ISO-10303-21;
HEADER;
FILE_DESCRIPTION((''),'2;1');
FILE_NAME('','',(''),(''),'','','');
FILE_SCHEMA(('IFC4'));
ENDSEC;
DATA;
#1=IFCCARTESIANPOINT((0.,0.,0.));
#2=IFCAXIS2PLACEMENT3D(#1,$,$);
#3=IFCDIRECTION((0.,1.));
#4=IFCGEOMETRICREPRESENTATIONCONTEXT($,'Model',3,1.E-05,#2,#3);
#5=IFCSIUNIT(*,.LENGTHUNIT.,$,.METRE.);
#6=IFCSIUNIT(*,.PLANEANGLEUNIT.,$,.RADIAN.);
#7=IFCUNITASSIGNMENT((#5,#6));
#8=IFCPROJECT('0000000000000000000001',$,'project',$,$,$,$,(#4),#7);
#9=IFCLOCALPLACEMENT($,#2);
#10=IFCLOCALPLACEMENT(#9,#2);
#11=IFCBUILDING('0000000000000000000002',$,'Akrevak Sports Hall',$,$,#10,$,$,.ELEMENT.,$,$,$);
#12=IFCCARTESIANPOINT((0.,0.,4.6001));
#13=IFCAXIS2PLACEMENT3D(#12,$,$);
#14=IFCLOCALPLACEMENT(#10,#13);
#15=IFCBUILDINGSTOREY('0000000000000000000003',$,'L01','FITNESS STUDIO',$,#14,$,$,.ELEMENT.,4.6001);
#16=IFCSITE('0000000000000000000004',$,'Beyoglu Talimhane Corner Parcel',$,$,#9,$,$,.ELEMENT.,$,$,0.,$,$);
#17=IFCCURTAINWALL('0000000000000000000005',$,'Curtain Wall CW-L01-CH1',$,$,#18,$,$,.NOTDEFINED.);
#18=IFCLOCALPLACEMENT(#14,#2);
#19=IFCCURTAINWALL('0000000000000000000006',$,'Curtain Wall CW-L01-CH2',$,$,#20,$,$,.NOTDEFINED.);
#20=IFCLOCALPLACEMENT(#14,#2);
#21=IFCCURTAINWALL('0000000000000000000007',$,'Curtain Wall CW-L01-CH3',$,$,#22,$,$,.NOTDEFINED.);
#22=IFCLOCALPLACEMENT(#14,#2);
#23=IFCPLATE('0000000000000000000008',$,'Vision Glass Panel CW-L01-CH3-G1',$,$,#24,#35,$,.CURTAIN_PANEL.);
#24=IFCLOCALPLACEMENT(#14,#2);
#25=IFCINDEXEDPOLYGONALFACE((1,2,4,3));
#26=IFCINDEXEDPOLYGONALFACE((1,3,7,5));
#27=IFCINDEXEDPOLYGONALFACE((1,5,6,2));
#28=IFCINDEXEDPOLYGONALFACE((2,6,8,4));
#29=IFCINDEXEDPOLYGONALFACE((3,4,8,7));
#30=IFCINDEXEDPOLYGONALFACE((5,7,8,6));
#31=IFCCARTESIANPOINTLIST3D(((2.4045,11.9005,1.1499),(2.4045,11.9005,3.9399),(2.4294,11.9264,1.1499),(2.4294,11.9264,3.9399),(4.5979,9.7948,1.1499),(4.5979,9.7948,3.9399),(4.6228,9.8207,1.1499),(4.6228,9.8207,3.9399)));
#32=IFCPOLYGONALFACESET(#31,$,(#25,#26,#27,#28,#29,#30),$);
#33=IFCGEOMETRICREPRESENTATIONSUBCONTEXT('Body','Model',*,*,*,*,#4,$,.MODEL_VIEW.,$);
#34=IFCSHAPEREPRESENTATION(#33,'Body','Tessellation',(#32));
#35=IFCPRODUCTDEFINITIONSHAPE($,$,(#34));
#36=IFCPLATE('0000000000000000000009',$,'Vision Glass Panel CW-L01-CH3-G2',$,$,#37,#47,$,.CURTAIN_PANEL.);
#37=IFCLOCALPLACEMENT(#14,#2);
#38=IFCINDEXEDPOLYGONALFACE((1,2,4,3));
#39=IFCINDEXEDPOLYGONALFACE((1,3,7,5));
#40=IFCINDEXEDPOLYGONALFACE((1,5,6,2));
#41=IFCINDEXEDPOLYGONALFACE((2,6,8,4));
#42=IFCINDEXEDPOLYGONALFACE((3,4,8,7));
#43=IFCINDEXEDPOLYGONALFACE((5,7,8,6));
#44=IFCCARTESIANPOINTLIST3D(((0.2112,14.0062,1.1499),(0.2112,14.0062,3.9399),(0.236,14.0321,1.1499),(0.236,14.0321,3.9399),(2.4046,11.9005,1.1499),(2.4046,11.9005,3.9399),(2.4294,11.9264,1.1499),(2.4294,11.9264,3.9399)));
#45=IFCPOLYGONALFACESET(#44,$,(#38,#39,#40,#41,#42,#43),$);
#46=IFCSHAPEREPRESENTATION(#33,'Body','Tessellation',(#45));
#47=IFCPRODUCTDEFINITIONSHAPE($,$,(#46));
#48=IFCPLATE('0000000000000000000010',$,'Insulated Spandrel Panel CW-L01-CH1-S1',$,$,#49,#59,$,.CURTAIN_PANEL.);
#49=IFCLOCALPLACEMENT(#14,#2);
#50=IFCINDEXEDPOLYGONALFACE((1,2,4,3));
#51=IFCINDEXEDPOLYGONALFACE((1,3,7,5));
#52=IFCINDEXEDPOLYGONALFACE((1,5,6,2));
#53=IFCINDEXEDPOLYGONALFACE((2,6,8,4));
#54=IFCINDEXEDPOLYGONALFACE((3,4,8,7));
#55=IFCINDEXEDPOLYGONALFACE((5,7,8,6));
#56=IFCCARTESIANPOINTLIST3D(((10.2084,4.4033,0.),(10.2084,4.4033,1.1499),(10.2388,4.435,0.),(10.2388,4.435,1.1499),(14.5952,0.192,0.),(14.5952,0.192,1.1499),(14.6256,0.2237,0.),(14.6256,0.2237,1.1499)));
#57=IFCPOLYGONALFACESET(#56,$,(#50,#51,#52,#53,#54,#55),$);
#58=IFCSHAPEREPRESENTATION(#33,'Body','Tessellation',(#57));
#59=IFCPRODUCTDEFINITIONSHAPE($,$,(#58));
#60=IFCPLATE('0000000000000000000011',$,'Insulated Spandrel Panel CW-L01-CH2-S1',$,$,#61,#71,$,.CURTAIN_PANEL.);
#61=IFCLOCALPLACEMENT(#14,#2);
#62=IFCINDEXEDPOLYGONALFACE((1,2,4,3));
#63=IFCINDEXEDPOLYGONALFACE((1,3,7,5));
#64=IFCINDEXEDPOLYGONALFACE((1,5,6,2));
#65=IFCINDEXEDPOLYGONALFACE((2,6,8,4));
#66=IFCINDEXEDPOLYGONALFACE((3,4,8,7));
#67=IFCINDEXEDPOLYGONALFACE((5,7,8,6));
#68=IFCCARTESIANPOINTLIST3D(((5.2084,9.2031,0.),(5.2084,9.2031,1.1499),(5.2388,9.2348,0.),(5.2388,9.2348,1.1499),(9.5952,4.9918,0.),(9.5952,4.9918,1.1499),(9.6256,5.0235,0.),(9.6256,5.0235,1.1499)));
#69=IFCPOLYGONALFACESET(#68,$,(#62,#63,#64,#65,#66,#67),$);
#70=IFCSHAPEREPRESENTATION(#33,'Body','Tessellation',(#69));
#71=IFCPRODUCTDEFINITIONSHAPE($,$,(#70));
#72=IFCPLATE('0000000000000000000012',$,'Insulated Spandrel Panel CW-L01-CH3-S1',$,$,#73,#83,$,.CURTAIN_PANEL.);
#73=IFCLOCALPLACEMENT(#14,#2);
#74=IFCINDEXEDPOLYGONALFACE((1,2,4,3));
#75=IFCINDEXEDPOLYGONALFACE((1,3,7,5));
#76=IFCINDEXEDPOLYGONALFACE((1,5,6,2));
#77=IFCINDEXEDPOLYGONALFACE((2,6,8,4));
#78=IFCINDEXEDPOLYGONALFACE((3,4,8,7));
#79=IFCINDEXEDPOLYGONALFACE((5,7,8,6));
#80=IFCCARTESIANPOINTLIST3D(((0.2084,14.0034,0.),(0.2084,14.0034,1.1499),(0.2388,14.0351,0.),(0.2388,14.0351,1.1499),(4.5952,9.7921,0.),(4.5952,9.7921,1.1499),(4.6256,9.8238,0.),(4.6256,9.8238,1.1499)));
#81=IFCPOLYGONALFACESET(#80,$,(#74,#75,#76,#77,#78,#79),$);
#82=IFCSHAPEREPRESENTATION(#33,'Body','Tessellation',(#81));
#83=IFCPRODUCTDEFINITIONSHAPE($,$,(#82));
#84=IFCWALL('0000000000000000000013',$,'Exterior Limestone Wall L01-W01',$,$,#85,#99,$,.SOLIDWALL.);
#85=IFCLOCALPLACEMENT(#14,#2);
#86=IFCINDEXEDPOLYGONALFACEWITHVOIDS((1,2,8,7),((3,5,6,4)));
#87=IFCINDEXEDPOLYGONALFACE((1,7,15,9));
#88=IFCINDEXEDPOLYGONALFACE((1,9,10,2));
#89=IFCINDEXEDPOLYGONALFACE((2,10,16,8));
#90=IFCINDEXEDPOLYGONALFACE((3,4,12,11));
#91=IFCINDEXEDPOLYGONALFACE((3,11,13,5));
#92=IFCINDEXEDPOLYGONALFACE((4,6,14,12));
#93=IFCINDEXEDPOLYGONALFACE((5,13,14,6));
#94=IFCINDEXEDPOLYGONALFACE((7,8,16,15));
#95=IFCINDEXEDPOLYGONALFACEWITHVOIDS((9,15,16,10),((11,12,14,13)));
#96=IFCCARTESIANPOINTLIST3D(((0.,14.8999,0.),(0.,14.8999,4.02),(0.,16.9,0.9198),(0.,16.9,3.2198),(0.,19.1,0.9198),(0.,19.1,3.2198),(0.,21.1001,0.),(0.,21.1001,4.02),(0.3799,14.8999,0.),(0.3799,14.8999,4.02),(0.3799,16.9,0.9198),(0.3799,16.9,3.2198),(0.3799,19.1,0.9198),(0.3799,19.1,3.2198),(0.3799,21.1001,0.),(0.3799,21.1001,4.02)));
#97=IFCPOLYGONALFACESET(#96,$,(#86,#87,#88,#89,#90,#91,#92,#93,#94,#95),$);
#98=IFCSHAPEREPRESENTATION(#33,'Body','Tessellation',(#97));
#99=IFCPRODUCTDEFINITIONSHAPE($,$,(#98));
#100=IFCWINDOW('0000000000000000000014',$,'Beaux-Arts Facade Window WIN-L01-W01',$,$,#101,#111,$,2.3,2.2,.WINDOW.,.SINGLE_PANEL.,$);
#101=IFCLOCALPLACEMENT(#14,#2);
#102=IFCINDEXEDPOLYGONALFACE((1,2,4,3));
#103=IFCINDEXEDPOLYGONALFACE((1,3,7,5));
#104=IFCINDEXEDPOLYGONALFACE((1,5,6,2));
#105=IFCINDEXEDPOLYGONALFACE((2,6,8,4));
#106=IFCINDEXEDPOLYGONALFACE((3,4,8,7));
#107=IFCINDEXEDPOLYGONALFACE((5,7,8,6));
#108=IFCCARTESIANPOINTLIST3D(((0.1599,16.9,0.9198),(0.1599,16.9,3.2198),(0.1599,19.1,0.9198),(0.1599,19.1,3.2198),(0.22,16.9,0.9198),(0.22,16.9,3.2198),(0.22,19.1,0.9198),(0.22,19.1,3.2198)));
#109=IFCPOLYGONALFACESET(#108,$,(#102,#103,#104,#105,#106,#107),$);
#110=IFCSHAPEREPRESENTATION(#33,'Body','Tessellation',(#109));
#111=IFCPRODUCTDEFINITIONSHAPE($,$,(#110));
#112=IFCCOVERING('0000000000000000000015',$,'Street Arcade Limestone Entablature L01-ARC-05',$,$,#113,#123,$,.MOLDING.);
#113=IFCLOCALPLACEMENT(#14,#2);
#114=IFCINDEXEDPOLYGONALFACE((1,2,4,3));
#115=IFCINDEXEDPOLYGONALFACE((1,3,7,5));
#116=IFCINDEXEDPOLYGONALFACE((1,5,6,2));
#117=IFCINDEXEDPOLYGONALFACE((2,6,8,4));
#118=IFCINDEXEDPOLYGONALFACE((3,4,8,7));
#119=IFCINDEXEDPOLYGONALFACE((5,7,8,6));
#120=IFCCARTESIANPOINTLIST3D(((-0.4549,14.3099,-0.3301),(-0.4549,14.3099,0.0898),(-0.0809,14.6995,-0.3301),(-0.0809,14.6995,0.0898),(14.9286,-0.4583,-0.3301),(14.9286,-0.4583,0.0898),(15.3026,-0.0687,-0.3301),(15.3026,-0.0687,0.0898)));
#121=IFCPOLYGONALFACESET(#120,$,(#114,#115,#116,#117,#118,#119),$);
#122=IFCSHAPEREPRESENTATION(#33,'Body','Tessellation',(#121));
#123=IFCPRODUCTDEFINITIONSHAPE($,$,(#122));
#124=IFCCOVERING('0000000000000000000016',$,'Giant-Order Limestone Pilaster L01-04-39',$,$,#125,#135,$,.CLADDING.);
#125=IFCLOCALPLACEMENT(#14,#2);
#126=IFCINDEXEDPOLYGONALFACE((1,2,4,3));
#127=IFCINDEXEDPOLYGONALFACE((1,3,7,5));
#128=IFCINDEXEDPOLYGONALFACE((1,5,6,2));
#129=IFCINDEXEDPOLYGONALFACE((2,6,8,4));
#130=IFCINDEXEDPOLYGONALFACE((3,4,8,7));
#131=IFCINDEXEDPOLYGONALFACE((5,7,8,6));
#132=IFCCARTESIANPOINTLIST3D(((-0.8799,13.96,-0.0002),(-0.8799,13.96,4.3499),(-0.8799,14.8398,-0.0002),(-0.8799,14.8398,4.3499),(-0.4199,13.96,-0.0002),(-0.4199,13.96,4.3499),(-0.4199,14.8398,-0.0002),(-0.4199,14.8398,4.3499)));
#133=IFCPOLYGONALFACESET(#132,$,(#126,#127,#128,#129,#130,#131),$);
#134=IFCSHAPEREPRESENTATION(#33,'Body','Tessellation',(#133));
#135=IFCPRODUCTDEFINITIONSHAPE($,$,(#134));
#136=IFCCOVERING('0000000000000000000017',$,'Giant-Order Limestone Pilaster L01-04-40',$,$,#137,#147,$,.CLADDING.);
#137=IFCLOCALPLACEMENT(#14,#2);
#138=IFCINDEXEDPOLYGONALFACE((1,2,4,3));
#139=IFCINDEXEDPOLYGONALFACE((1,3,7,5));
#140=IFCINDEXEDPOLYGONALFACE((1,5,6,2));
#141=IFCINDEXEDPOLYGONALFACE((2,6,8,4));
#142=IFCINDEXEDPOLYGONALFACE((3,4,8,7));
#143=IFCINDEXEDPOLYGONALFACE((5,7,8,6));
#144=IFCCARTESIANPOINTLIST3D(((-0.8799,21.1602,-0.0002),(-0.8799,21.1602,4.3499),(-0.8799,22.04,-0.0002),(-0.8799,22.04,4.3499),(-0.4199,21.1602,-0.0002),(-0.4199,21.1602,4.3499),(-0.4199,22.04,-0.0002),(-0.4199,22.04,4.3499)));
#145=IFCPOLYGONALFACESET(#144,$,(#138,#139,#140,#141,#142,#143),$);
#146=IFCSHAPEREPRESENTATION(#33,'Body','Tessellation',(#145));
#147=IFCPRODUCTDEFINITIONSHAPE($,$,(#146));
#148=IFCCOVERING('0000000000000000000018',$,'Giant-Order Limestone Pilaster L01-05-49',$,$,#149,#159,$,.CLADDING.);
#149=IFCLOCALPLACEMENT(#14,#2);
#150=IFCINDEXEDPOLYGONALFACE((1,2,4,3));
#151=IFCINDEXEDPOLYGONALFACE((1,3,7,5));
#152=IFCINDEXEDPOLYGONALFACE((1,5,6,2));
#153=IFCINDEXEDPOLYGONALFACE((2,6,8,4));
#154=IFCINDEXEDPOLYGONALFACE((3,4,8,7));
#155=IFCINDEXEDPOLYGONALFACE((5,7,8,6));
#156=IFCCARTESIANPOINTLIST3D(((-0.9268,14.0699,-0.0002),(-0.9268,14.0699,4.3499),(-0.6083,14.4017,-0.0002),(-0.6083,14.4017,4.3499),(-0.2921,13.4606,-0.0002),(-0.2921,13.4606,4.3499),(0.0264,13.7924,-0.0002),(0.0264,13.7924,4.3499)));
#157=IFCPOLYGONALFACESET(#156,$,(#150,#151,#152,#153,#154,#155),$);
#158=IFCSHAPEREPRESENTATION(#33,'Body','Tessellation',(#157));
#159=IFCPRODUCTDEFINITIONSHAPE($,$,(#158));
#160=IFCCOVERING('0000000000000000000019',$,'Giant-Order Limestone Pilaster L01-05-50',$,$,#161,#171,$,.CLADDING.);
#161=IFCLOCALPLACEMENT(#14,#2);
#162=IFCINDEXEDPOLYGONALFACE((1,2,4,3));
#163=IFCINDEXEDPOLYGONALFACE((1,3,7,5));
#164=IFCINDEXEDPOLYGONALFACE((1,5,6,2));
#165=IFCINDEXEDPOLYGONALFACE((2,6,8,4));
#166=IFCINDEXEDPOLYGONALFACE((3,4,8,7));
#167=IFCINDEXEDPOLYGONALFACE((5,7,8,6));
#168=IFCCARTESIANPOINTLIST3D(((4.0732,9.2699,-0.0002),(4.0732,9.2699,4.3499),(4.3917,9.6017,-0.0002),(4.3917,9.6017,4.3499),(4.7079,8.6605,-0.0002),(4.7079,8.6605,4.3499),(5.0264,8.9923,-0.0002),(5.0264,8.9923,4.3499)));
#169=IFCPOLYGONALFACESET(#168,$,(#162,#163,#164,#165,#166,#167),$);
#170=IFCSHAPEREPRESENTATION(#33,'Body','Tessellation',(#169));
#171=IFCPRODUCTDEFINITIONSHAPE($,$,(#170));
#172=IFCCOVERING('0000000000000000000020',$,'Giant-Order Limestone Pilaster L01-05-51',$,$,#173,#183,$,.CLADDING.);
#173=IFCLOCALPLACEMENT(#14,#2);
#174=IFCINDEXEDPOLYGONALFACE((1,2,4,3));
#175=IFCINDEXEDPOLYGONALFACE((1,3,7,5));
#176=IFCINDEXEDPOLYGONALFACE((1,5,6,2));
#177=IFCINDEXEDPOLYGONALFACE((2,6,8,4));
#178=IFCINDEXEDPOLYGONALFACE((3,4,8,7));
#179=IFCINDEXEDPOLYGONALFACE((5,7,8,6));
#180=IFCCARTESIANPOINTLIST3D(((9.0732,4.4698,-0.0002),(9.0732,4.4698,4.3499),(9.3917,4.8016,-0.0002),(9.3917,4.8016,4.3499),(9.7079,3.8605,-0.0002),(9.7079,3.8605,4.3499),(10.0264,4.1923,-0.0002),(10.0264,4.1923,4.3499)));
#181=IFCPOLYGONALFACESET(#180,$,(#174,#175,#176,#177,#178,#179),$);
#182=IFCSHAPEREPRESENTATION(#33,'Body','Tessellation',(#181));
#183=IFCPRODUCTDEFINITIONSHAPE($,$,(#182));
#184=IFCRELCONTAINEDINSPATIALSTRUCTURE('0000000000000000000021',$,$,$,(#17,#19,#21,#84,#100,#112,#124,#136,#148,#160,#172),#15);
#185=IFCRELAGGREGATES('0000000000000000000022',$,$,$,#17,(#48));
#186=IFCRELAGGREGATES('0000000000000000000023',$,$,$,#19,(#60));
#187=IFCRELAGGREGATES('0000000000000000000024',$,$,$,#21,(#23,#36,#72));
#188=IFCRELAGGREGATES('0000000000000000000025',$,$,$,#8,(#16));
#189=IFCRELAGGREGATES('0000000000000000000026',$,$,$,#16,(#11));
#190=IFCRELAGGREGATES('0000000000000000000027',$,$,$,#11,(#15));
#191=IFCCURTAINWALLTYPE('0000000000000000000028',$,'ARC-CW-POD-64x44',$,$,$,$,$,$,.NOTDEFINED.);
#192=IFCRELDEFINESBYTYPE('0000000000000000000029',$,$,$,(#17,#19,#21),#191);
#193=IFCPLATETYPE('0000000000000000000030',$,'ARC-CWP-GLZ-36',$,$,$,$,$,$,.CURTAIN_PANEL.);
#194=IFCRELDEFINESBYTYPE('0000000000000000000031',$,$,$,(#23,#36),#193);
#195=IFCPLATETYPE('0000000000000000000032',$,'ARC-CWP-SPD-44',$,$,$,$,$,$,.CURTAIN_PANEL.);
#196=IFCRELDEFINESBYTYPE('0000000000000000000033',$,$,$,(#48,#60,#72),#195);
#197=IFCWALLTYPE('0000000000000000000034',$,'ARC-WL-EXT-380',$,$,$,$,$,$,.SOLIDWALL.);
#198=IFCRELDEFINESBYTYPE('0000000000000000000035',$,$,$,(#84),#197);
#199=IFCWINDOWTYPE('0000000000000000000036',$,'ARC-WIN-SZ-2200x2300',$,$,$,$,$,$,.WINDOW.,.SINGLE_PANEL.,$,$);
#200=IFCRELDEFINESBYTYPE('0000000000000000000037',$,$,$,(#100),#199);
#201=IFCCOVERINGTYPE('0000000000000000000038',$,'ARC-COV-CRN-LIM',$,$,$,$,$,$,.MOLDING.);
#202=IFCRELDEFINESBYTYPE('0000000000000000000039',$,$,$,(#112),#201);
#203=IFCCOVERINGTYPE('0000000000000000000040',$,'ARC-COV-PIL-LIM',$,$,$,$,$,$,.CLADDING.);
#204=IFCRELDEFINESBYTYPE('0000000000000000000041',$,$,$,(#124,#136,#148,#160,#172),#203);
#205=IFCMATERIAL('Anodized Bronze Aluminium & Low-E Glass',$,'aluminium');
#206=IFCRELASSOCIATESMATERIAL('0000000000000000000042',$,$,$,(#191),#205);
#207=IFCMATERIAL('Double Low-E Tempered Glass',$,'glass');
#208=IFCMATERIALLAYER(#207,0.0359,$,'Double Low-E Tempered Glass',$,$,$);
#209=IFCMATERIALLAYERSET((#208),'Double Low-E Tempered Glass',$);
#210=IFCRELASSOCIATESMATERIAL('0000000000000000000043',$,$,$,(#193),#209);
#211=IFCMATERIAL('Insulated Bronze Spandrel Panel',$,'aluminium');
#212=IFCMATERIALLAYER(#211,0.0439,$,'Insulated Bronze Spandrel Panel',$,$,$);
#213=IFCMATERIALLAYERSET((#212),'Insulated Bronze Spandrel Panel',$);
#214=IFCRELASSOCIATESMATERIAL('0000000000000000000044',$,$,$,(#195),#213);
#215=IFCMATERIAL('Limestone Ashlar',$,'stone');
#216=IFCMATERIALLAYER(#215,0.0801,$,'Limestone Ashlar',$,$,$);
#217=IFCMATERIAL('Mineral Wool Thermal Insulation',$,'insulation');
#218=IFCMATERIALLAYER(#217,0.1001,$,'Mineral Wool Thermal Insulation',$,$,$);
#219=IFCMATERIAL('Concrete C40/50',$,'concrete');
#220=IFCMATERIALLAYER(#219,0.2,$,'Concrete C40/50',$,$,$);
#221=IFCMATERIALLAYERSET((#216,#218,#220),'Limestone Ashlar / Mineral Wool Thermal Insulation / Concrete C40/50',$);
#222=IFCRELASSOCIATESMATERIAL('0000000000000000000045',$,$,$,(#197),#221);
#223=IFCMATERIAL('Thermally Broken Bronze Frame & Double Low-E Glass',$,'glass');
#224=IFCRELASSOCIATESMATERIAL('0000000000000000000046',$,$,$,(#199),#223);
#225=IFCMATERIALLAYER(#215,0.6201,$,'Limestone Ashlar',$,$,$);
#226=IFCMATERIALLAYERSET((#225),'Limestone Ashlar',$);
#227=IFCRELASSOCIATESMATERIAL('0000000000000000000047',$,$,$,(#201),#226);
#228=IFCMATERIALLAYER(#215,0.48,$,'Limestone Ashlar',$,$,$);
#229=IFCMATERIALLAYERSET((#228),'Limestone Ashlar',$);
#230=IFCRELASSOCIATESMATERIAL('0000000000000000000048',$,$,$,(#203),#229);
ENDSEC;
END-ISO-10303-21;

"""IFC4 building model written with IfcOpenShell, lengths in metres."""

from ifc_helpers import new_model, si_unit, direction, frame, frame_2d, origin, origin_2d, place, context, subcontext, project, spatial, rectangle, extrude, material, layer, layer_set, type_object, element, fill, aggregate, save


model = new_model("IFC4")

# Units and contexts
model_context = context("Model", 3, precision=1e-05, world=origin(), true_north=direction((0.0, 1.0)))
body_context = subcontext(model_context, "Body", "Model", "MODEL_VIEW")
ifc_project = project(units=[si_unit("LENGTHUNIT", "METRE"), si_unit("PLANEANGLEUNIT", "RADIAN")], contexts=[model_context])

# Site, building, storey
site_placement = place(None, origin())
site = spatial("IfcSite", under=ifc_project, at=site_placement, Name="Beyoglu Talimhane Corner Parcel", CompositionType="ELEMENT", RefElevation=0.0)
building_placement = place(site_placement, origin())
building = spatial("IfcBuilding", under=site, at=building_placement, Name="Akrevak Sports Hall", CompositionType="ELEMENT")
storey_placement = place(building_placement, frame((0.0, 0.0, 4.6001)))
storey = spatial("IfcBuildingStorey", under=building, at=storey_placement, Name="L01", Description="FITNESS STUDIO", CompositionType="ELEMENT", Elevation=4.6001)

# Curtain walls
ifc_material_1 = material(Name="Anodized Bronze Aluminium & Low-E Glass", Category="aluminium")
curtain_wall_type = type_object("IfcCurtainWallType", Name="ARC-CW-POD-64x44", PredefinedType="NOTDEFINED", material=ifc_material_1)
curtain_wall_1_placement = place(storey_placement, origin())
curtain_wall_1 = element("IfcCurtainWall", 1, at=curtain_wall_1_placement, inside=storey, type_object=curtain_wall_type, Name="Curtain Wall CW-L01-CH1", PredefinedType="NOTDEFINED")
curtain_wall_2_placement = place(storey_placement, origin())
curtain_wall_2 = element("IfcCurtainWall", 2, at=curtain_wall_2_placement, inside=storey, type_object=curtain_wall_type, Name="Curtain Wall CW-L01-CH2", PredefinedType="NOTDEFINED")
curtain_wall_3_placement = place(storey_placement, origin())
curtain_wall_3 = element("IfcCurtainWall", 3, at=curtain_wall_3_placement, inside=storey, type_object=curtain_wall_type, Name="Curtain Wall CW-L01-CH3", PredefinedType="NOTDEFINED")

# Shared definitions
ifc_material_2 = material(Name="Concrete C40/50", Category="concrete")

# Plates
ifc_material_3 = material(Name="Double Low-E Tempered Glass", Category="glass")
ifc_layer_1 = layer(ifc_material_3, 0.0359, Name="Double Low-E Tempered Glass")
ifc_layer_set_1 = layer_set([ifc_layer_1], Name="Double Low-E Tempered Glass")
plate_type_1 = type_object("IfcPlateType", Name="ARC-CWP-GLZ-36", PredefinedType="CURTAIN_PANEL", material=ifc_layer_set_1)
plate_1_placement = place(storey_placement, frame((3.5137, 10.8606, 1.1499), z_axis=(0.0, 0.0, 1.0), x_axis=(-0.721386, 0.692534, 0.0)))
plate_1 = element("IfcPlate", 4, at=plate_1_placement, type_object=plate_type_1, Name="Vision Glass Panel CW-L01-CH3-G1", PredefinedType="CURTAIN_PANEL", context=body_context, shape_type="SweptSolid", body=[
    extrude(rectangle(XDim=3.0405, YDim=0.0359, at=origin_2d()), origin(), (0.0, 0.0, 1.0), 2.79),
])
plate_2_placement = place(storey_placement, frame((1.3203, 12.9663, 1.1499), z_axis=(0.0, 0.0, 1.0), x_axis=(-0.721386, 0.692534, 0.0)))
plate_2 = element("IfcPlate", 5, at=plate_2_placement, type_object=plate_type_1, Name="Vision Glass Panel CW-L01-CH3-G2", PredefinedType="CURTAIN_PANEL", context=body_context, shape_type="SweptSolid", body=[
    extrude(rectangle(XDim=3.0405, YDim=0.0359, at=origin_2d()), origin(), (0.0, 0.0, 1.0), 2.79),
])
ifc_material_4 = material(Name="Insulated Bronze Spandrel Panel", Category="aluminium")
ifc_layer_2 = layer(ifc_material_4, 0.0439, Name="Insulated Bronze Spandrel Panel")
ifc_layer_set_2 = layer_set([ifc_layer_2], Name="Insulated Bronze Spandrel Panel")
plate_type_2 = type_object("IfcPlateType", Name="ARC-CWP-SPD-44", PredefinedType="CURTAIN_PANEL", material=ifc_layer_set_2)
plate_3_placement = place(storey_placement, frame((12.417, 2.3135, 0.0), z_axis=(0.0, 0.0, 1.0), x_axis=(-0.721386, 0.692534, 0.0)))
plate_3 = element("IfcPlate", 6, at=plate_3_placement, type_object=plate_type_2, Name="Insulated Spandrel Panel CW-L01-CH1-S1", PredefinedType="CURTAIN_PANEL", context=body_context, shape_type="SweptSolid", body=[
    extrude(rectangle(XDim=6.0811, YDim=0.0439, at=origin_2d()), origin(), (0.0, 0.0, 1.0), 1.1499),
])
aggregate(curtain_wall_1, [plate_3])
plate_4_placement = place(storey_placement, frame((7.417, 7.1133, 0.0), z_axis=(0.0, 0.0, 1.0), x_axis=(-0.721386, 0.692534, 0.0)))
plate_4 = element("IfcPlate", 7, at=plate_4_placement, type_object=plate_type_2, Name="Insulated Spandrel Panel CW-L01-CH2-S1", PredefinedType="CURTAIN_PANEL", context=body_context, shape_type="SweptSolid", body=[
    extrude(rectangle(XDim=6.0811, YDim=0.0439, at=origin_2d()), origin(), (0.0, 0.0, 1.0), 1.1499),
])
aggregate(curtain_wall_2, [plate_4])
plate_5_placement = place(storey_placement, frame((2.417, 11.9136, 0.0), z_axis=(0.0, 0.0, 1.0), x_axis=(-0.721386, 0.692534, 0.0)))
plate_5 = element("IfcPlate", 8, at=plate_5_placement, type_object=plate_type_2, Name="Insulated Spandrel Panel CW-L01-CH3-S1", PredefinedType="CURTAIN_PANEL", context=body_context, shape_type="SweptSolid", body=[
    extrude(rectangle(XDim=6.0811, YDim=0.0439, at=origin_2d()), origin(), (0.0, 0.0, 1.0), 1.1499),
])
aggregate(curtain_wall_3, [plate_1, plate_2, plate_5])

# Wall, opening, window
ifc_material_5 = material(Name="Limestone Ashlar", Category="stone")
ifc_layer_3 = layer(ifc_material_5, 0.0801, Name="Limestone Ashlar")
ifc_material_6 = material(Name="Mineral Wool Thermal Insulation", Category="insulation")
ifc_layer_4 = layer(ifc_material_6, 0.1001, Name="Mineral Wool Thermal Insulation")
ifc_layer_5 = layer(ifc_material_2, 0.2, Name="Concrete C40/50")
ifc_layer_set_3 = layer_set([ifc_layer_3, ifc_layer_4, ifc_layer_5], Name="Limestone Ashlar / Mineral Wool Thermal Insulation / Concrete C40/50")
wall_type = type_object("IfcWallType", Name="ARC-WL-EXT-380", PredefinedType="SOLIDWALL", material=ifc_layer_set_3)
wall_placement = place(storey_placement, frame((0.1899, 21.1001, 0.0), z_axis=(0.0, 0.0, 1.0), x_axis=(0.0, -1.0, 0.0)))
wall = element("IfcWall", 9, at=wall_placement, inside=storey, type_object=wall_type, Name="Exterior Limestone Wall L01-W01", PredefinedType="SOLIDWALL", context=body_context, shape_type="SweptSolid", body=[
    extrude(rectangle(XDim=6.2002, YDim=0.3799, at=frame_2d((3.1001, 0.0))), origin(), (0.0, 0.0, 1.0), 4.02),
])
opening_placement = place(wall_placement, frame((2.0, 0.0, 0.9199)))
opening = element("IfcOpeningElement", 10, at=opening_placement, cuts=wall, PredefinedType="OPENING", context=body_context, shape_type="SweptSolid", body=[
    extrude(rectangle(XDim=2.2, YDim=2.3, at=frame_2d((1.1001, 1.1499))), frame((0.0, 0.2019, 0.0), z_axis=(0.0, -1.0, 0.0), x_axis=(1.0, 0.0, 0.0)), (0.0, 0.0, 1.0), 0.4038),
])
ifc_material_7 = material(Name="Thermally Broken Bronze Frame & Double Low-E Glass", Category="glass")
window_type = type_object("IfcWindowType", Name="ARC-WIN-SZ-2200x2300", PartitioningType="SINGLE_PANEL", PredefinedType="WINDOW", material=ifc_material_7)
window_placement = place(opening_placement, origin())
window = element("IfcWindow", 11, at=window_placement, inside=storey, type_object=window_type, Name="Beaux-Arts Facade Window WIN-L01-W01", OverallHeight=2.3, OverallWidth=2.2, PartitioningType="SINGLE_PANEL", PredefinedType="WINDOW", context=body_context, shape_type="SweptSolid", body=[
    extrude(rectangle(XDim=2.2, YDim=2.3, at=frame_2d((1.1001, 1.1499))), frame((0.0, 0.03, 0.0), z_axis=(0.0, -1.0, 0.0), x_axis=(1.0, 0.0, 0.0)), (0.0, 0.0, 1.0), 0.0601),
])
fill(opening, window)

# Coverings
ifc_layer_6 = layer(ifc_material_5, 0.6201, Name="Limestone Ashlar")
ifc_layer_set_4 = layer_set([ifc_layer_6], Name="Limestone Ashlar")
covering_type_1 = type_object("IfcCoveringType", Name="ARC-COV-CRN-LIM", PredefinedType="MOLDING", material=ifc_layer_set_4)
covering_placement = place(storey_placement, frame((7.4238, 7.1206, -0.3301), z_axis=(0.0, 0.0, 1.0), x_axis=(0.721386, -0.692534, 0.0)))
element("IfcCovering", 12, at=covering_placement, inside=storey, type_object=covering_type_1, Name="Street Arcade Limestone Entablature L01-ARC-05", PredefinedType="MOLDING", context=body_context, shape_type="SweptSolid", body=[
    extrude(rectangle(XDim=21.325, YDim=0.54, at=origin_2d()), origin(), (0.0, 0.0, 1.0), 0.4199),
])
ifc_layer_7 = layer(ifc_material_5, 0.48, Name="Limestone Ashlar")
ifc_layer_set_5 = layer_set([ifc_layer_7], Name="Limestone Ashlar")
covering_type_2 = type_object("IfcCoveringType", Name="ARC-COV-PIL-LIM", PredefinedType="CLADDING", material=ifc_layer_set_5)
for number, where, z_axis, x_axis, name in (
    (13, (-0.6499, 14.3999, -0.0002), (0.0, 0.0, 1.0), (0.0, -1.0, 0.0), "Giant-Order Limestone Pilaster L01-04-39"),
    (14, (-0.6499, 21.6001, -0.0002), (0.0, 0.0, 1.0), (0.0, -1.0, 0.0), "Giant-Order Limestone Pilaster L01-04-40"),
    (15, (-0.4502, 13.9312, -0.0002), (0.0, 0.0, 1.0), (0.721386, -0.692534, 0.0), "Giant-Order Limestone Pilaster L01-05-49"),
    (16, (4.5498, 9.1311, -0.0002), (0.0, 0.0, 1.0), (0.721386, -0.692534, 0.0), "Giant-Order Limestone Pilaster L01-05-50"),
    (17, (9.5498, 4.3311, -0.0002), (0.0, 0.0, 1.0), (0.721386, -0.692534, 0.0), "Giant-Order Limestone Pilaster L01-05-51"),
):
    element("IfcCovering", number, at=place(storey_placement, frame(where, z_axis=z_axis, x_axis=x_axis)), inside=storey, type_object=covering_type_2, Name=name, PredefinedType="CLADDING", context=body_context, shape_type="SweptSolid", body=[
        extrude(rectangle(XDim=0.8799, YDim=0.46, at=origin_2d()), origin(), (0.0, 0.0, 1.0), 4.3501),
    ])

save(model, "model.ifc")
